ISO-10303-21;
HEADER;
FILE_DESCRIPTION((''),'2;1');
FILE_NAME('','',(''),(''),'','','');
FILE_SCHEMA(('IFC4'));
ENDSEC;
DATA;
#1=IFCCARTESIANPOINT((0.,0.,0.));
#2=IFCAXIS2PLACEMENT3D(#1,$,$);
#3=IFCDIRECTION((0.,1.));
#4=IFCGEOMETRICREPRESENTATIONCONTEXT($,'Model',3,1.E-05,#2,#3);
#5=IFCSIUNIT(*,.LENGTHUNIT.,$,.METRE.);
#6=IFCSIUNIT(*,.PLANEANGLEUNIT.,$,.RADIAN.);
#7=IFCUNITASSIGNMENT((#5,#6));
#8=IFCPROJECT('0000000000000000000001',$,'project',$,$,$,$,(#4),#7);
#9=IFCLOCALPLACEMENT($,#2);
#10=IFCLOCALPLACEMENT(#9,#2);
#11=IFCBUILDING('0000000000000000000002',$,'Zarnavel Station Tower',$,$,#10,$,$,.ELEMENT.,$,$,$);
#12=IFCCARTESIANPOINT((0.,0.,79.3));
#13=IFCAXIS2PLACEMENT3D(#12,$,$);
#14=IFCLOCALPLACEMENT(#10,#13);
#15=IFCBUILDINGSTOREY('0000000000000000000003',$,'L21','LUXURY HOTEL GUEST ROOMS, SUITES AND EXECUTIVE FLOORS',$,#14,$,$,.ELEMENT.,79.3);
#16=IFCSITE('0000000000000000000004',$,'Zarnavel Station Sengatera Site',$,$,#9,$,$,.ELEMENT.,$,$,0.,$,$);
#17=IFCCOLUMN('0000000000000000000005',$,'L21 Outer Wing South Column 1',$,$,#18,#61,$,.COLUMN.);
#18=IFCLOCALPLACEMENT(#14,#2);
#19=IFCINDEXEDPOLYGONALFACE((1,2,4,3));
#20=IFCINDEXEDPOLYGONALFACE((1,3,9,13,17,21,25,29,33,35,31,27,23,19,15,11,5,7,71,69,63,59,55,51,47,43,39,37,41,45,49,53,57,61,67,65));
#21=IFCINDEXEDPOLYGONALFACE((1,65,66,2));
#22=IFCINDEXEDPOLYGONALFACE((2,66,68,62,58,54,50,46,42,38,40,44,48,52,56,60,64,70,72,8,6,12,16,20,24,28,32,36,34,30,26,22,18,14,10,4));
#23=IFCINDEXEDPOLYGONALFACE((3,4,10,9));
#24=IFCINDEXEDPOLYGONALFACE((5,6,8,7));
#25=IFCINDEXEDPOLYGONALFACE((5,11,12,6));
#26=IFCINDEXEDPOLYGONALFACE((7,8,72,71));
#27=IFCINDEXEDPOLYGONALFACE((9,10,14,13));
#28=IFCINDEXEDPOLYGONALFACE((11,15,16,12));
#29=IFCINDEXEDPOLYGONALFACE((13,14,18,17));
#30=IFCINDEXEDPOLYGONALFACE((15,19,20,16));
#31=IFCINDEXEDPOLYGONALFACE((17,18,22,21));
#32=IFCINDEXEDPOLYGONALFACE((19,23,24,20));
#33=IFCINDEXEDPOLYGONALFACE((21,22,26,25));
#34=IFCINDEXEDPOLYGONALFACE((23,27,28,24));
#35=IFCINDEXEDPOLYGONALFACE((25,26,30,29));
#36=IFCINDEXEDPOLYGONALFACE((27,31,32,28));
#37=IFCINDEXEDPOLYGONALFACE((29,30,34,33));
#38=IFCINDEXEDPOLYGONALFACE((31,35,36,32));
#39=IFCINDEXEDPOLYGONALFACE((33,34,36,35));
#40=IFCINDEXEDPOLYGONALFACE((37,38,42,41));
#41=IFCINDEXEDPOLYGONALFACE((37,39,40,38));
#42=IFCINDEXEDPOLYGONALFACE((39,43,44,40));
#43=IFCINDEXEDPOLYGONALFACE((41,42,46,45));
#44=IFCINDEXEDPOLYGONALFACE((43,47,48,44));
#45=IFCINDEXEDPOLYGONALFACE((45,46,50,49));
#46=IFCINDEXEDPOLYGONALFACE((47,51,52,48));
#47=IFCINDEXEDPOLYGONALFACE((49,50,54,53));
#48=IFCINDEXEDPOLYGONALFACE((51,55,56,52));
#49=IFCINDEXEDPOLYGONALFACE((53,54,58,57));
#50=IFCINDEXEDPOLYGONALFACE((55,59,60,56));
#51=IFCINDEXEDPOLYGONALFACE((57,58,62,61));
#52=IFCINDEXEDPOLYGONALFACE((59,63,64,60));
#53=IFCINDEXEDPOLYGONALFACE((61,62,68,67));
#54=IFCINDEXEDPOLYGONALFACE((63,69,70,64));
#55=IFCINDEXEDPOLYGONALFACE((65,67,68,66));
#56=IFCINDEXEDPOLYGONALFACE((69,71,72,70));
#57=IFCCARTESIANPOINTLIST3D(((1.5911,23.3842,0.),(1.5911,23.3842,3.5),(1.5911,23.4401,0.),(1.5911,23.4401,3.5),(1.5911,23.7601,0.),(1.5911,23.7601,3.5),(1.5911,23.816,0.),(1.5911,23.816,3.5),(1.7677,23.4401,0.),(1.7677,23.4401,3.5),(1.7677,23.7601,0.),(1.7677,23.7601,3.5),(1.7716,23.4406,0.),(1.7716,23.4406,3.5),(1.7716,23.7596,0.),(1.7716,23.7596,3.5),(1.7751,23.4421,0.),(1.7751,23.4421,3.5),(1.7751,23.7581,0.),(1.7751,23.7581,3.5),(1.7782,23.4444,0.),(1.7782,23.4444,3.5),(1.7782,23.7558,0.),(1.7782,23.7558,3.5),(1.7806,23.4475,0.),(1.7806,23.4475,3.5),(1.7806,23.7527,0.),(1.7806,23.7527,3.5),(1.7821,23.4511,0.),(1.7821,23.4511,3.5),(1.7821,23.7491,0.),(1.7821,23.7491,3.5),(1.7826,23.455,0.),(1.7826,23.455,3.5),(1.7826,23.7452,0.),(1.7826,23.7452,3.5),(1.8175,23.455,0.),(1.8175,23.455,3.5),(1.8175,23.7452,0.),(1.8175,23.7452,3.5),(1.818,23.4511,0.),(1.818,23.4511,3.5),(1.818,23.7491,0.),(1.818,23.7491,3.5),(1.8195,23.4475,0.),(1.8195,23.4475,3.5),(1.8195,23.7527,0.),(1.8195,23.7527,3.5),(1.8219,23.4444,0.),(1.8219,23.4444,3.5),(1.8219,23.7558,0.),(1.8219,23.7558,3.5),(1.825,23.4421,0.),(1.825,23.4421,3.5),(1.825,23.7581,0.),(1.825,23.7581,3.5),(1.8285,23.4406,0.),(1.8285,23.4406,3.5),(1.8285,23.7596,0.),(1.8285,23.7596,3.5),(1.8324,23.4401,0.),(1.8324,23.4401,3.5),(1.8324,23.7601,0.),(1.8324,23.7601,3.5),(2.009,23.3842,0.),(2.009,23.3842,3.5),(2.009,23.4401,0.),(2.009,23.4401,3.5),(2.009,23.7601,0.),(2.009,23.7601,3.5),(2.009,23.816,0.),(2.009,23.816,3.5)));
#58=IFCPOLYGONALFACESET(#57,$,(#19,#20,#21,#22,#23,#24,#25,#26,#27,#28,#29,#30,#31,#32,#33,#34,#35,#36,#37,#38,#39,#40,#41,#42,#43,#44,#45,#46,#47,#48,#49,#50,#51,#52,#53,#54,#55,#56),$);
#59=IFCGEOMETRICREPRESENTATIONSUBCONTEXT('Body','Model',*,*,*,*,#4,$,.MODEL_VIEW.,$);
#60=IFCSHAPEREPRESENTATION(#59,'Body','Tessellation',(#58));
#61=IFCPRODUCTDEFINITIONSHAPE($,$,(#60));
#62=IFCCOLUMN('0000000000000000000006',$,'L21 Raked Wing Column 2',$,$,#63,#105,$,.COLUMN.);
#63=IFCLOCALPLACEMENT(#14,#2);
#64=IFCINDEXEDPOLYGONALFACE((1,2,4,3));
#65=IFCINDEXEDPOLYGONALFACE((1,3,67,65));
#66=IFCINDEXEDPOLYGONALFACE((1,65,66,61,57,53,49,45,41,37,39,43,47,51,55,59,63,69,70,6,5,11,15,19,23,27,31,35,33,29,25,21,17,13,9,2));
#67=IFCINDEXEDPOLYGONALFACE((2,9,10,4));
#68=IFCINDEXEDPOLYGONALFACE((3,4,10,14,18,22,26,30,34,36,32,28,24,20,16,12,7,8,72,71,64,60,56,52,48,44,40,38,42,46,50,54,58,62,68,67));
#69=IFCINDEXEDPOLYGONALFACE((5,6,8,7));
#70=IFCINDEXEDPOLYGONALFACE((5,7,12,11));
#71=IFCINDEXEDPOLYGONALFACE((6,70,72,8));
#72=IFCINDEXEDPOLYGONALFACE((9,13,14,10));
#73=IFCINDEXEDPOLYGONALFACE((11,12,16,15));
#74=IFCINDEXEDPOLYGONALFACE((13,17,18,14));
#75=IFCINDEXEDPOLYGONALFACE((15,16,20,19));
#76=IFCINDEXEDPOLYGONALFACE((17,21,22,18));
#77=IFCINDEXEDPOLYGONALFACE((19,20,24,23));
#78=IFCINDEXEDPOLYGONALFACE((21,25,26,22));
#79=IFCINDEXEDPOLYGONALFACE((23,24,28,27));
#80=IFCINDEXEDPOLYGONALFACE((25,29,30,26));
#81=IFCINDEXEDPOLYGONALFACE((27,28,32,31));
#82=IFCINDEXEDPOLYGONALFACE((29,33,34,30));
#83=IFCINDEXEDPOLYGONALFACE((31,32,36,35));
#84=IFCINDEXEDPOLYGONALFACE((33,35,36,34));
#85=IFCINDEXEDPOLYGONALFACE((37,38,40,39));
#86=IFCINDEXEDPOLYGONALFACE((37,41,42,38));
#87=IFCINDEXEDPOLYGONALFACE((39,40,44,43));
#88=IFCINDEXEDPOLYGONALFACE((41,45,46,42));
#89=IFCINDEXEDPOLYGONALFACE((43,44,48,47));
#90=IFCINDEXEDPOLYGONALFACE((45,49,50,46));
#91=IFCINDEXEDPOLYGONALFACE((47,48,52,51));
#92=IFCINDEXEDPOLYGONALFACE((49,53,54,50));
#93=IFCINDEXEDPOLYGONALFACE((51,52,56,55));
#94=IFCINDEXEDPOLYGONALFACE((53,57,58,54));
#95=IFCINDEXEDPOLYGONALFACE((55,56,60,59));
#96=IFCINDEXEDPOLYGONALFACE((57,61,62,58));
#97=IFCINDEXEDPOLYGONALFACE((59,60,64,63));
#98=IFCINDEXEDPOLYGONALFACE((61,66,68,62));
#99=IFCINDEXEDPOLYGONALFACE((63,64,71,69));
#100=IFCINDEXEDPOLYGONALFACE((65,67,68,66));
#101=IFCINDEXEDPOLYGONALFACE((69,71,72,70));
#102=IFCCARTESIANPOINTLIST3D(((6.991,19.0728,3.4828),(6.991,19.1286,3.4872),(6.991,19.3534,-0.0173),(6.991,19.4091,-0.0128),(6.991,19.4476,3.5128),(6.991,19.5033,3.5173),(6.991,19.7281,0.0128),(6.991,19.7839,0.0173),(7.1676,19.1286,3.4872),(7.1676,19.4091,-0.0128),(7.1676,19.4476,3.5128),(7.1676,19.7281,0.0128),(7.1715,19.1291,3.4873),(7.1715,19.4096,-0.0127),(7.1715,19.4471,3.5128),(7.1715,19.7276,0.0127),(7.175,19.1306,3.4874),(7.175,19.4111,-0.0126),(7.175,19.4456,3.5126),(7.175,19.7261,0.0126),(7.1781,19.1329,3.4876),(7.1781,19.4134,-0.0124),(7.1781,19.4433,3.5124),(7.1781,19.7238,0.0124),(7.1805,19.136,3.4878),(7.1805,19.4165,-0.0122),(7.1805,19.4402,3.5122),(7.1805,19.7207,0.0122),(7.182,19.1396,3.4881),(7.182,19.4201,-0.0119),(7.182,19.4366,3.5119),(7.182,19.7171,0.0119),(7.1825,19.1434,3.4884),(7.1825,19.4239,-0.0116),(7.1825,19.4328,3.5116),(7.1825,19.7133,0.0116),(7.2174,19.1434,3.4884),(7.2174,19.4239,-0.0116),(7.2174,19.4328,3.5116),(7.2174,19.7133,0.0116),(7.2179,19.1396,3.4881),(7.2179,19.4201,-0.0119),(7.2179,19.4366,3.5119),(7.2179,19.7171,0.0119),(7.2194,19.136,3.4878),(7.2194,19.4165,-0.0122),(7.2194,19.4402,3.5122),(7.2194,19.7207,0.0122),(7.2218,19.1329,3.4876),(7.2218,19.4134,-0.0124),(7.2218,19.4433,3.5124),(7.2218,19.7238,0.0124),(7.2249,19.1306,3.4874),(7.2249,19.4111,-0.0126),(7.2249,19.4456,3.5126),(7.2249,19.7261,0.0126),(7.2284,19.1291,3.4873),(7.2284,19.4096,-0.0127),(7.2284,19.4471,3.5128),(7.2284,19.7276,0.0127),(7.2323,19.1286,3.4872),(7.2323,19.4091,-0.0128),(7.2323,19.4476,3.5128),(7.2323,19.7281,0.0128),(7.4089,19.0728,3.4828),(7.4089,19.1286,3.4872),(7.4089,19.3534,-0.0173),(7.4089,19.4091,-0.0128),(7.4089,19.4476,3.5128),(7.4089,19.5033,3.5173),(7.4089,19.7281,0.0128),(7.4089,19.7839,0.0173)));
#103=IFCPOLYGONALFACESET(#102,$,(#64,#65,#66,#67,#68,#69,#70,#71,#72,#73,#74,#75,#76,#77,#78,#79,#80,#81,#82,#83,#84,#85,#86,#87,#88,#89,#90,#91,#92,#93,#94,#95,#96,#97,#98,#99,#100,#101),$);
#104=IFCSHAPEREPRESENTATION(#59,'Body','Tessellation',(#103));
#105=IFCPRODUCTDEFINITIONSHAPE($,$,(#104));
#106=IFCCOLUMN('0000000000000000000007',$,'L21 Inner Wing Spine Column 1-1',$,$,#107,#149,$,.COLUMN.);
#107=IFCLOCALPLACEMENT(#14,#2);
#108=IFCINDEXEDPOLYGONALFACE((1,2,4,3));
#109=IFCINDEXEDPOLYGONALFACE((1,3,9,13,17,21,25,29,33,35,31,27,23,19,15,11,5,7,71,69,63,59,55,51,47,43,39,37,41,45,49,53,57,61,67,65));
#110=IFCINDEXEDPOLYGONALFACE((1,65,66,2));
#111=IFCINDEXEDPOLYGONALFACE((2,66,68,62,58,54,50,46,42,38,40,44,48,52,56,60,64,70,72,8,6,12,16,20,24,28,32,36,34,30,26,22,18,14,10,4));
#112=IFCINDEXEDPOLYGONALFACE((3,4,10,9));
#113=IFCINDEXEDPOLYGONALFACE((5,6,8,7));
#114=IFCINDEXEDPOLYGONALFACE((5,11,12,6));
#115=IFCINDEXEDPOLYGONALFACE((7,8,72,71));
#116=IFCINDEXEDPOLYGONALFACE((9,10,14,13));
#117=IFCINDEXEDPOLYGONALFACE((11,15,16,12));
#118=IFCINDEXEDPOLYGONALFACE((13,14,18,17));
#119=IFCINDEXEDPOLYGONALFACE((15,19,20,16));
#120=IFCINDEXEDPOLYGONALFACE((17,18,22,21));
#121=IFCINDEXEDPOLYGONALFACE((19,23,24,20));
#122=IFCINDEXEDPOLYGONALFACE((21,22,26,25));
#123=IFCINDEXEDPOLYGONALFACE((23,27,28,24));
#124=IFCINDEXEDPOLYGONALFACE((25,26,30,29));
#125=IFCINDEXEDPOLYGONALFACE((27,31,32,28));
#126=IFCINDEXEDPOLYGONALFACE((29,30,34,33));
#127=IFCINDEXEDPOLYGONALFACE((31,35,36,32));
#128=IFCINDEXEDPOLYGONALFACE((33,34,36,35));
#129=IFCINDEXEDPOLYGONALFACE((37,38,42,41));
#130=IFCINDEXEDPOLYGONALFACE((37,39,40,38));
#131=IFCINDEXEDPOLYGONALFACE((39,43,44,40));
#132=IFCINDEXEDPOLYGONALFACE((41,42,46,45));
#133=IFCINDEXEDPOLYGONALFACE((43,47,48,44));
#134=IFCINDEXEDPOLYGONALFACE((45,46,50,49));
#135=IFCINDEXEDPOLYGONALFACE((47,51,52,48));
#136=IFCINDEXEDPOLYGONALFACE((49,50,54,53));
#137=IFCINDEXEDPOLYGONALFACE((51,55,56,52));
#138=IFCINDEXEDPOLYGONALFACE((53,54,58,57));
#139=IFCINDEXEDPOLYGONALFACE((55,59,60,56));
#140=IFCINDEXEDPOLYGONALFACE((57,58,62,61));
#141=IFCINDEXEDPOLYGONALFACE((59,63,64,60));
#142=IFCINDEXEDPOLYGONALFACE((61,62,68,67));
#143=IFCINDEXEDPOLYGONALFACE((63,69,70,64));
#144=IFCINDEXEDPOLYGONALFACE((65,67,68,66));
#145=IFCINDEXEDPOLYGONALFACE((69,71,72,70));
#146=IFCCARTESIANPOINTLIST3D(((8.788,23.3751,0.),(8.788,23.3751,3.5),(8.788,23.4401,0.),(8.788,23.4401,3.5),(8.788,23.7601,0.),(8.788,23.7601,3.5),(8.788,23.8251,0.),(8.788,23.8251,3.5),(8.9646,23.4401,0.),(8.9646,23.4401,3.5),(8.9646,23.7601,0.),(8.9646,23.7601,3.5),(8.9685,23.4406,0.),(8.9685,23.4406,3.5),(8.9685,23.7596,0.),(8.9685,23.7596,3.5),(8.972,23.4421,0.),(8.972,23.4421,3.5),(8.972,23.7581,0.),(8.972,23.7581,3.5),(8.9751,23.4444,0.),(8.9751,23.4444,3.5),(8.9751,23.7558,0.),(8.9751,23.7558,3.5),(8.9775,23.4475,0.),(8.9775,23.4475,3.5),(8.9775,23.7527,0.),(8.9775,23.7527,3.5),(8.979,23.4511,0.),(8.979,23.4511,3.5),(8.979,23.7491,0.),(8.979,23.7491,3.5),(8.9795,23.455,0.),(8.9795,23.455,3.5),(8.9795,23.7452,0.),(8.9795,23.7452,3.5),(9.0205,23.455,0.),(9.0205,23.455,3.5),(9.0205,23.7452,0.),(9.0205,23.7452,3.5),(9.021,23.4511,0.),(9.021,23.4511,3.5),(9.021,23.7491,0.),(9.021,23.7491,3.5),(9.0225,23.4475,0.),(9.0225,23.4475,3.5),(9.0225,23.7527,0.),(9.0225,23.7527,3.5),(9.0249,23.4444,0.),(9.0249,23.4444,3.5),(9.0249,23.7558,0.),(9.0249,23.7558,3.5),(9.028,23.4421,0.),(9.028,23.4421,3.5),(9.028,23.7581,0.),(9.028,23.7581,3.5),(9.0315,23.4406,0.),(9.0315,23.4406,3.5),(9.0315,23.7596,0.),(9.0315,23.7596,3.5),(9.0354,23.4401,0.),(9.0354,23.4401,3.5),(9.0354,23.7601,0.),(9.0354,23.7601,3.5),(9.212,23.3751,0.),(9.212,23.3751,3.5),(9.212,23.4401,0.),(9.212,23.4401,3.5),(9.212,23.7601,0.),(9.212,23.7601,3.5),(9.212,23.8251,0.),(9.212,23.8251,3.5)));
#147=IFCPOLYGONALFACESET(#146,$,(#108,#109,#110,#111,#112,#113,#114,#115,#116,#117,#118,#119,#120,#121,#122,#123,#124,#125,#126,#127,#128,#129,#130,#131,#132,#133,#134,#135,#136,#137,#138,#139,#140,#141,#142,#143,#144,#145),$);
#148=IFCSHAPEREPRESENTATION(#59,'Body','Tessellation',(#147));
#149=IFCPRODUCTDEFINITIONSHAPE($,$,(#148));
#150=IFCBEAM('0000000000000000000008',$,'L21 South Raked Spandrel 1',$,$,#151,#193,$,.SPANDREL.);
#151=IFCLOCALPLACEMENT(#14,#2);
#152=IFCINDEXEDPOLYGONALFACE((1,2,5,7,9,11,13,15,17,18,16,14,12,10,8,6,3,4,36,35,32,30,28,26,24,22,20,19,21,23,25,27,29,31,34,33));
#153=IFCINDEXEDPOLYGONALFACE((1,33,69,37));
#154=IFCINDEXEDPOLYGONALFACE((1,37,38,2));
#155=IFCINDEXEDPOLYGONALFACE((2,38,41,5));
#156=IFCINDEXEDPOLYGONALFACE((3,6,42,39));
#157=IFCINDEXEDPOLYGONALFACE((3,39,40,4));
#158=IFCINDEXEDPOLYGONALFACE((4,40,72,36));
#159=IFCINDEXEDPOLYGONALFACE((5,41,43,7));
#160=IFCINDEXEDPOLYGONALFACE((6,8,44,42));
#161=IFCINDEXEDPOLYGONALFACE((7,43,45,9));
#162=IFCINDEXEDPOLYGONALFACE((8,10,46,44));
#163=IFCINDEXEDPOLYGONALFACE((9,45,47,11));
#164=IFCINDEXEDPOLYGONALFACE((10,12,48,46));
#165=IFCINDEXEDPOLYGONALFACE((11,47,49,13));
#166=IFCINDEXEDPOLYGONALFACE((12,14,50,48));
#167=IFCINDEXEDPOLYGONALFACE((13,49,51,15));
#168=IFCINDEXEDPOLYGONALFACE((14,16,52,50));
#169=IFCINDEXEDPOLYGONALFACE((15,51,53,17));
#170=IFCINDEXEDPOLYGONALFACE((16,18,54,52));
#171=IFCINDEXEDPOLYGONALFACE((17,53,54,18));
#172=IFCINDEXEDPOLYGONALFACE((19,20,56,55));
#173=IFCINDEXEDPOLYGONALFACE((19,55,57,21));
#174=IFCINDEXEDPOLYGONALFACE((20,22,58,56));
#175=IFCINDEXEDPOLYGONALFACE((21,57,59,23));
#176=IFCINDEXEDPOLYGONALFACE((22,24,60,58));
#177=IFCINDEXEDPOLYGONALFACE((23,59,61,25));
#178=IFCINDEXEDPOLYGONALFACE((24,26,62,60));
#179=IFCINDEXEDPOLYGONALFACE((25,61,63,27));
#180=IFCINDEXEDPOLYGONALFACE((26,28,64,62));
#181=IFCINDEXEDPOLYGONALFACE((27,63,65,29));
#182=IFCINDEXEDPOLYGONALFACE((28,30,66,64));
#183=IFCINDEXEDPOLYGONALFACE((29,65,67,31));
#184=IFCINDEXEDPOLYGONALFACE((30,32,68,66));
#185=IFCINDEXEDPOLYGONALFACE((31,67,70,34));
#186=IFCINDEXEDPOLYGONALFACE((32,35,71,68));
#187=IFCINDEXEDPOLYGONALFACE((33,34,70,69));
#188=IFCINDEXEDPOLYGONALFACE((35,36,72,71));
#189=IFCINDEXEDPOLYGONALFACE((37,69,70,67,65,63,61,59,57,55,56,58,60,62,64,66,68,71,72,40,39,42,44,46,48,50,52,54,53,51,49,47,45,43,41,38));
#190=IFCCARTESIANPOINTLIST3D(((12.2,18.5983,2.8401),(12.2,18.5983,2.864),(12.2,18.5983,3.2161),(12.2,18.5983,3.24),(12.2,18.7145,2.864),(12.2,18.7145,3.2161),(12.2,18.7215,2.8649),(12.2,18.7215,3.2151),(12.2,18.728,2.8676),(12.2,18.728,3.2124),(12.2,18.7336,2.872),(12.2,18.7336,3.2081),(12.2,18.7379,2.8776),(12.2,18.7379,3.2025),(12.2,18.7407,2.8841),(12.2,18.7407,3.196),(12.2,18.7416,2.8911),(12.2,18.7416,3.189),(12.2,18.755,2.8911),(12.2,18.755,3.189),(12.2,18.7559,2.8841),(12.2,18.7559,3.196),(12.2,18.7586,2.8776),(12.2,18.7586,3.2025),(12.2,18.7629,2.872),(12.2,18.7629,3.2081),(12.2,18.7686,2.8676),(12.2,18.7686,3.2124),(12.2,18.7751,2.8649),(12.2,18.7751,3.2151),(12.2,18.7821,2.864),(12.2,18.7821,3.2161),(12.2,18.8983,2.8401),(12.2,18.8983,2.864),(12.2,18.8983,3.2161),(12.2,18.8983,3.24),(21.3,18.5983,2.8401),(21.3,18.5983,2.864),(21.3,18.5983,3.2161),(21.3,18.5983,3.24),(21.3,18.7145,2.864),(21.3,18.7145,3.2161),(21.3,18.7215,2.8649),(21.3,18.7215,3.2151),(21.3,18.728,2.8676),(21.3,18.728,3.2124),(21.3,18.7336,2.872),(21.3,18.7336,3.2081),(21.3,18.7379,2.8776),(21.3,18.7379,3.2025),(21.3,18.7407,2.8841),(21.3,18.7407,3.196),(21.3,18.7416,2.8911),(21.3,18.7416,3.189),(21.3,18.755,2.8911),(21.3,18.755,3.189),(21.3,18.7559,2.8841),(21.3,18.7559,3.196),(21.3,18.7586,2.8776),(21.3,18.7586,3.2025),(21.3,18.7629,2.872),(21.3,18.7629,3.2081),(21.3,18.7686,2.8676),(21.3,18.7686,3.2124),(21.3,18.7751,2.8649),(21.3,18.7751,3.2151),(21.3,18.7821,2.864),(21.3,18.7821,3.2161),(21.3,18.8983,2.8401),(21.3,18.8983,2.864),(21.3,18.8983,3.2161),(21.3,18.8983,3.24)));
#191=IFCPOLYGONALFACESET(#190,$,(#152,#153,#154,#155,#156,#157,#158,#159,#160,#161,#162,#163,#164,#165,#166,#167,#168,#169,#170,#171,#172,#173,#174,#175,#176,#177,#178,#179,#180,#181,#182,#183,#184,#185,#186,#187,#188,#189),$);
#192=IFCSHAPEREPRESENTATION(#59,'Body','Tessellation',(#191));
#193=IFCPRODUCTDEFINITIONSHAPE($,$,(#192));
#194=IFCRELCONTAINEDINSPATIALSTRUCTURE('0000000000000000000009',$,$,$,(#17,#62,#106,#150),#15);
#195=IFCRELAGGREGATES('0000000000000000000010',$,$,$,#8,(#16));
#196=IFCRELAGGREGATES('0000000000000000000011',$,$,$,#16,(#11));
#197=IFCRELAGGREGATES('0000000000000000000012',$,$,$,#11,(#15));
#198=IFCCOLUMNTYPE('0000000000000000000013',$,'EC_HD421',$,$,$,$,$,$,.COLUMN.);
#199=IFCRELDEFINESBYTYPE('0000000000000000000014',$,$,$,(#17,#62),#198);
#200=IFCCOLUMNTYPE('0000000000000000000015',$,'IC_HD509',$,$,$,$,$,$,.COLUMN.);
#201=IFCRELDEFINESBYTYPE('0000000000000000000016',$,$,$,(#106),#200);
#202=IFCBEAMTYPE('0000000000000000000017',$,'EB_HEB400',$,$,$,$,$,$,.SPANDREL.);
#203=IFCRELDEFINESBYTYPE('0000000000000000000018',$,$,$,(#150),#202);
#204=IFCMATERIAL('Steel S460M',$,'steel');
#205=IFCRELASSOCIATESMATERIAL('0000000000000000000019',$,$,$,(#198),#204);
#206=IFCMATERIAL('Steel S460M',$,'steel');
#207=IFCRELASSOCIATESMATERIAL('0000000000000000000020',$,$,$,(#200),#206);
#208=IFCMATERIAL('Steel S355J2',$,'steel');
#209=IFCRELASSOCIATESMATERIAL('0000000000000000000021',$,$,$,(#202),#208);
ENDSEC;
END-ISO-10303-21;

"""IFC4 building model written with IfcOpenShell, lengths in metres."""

from ifc_helpers import new_model, si_unit, direction, frame, origin, origin_2d, place, context, subcontext, project, spatial, i_section, extrude, material, material_profile, profile_set, type_object, element, save


model = new_model("IFC4")

# Units and contexts
model_context = context("Model", 3, precision=1e-05, world=origin(), true_north=direction((0.0, 1.0)))
body_context = subcontext(model_context, "Body", "Model", "MODEL_VIEW")
ifc_project = project(units=[si_unit("LENGTHUNIT", "METRE"), si_unit("PLANEANGLEUNIT", "RADIAN")], contexts=[model_context])

# Site, building, storey
site_placement = place(None, origin())
site = spatial("IfcSite", under=ifc_project, at=site_placement, Name="Zarnavel Station Sengatera Site", CompositionType="ELEMENT", RefElevation=0.0)
building_placement = place(site_placement, origin())
building = spatial("IfcBuilding", under=site, at=building_placement, Name="Zarnavel Station Tower", CompositionType="ELEMENT")
storey_placement = place(building_placement, frame((0.0, 0.0, 79.3)))
storey = spatial("IfcBuildingStorey", under=building, at=storey_placement, Name="L21", Description="LUXURY HOTEL GUEST ROOMS, SUITES AND EXECUTIVE FLOORS", CompositionType="ELEMENT", Elevation=79.3)

# Columns
ifc_material_1 = material(Name="Steel S460M", Category="steel")
ifc_material_profile_1 = material_profile(ifc_material_1, i_section(OverallWidth=0.418, OverallDepth=0.4319, WebThickness=0.0349, FlangeThickness=0.0559, FilletRadius=0.0149, at=origin_2d()), Name="HD400x421")
ifc_profile_set_1 = profile_set([ifc_material_profile_1], Name="Steel S460M")
column_type_1 = type_object("IfcColumnType", Name="EC_HD421", PredefinedType="COLUMN", material=ifc_profile_set_1)
column_1_placement = place(storey_placement, frame((1.8, 23.6001, 0.0), z_axis=(0.0, 0.0, 1.0), x_axis=(1.0, 0.0, 0.0)))
element("IfcColumn", 1, at=column_1_placement, inside=storey, type_object=column_type_1, Name="L21 Outer Wing South Column 1", PredefinedType="COLUMN", context=body_context, shape_type="SweptSolid", body=[
    extrude(i_section(OverallWidth=0.418, OverallDepth=0.4319, WebThickness=0.0349, FlangeThickness=0.0559, FilletRadius=0.0149, at=origin_2d()), origin(), (0.0, 0.0, 1.0), 3.5),
])
column_2_placement = place(storey_placement, frame((7.2, 19.5686, 0.0), z_axis=(0.0, -0.079892, 0.996804), x_axis=(1.0, 0.0, 0.0)))
element("IfcColumn", 2, at=column_2_placement, inside=storey, type_object=column_type_1, Name="L21 Raked Wing Column 2", PredefinedType="COLUMN", context=body_context, shape_type="SweptSolid", body=[
    extrude(i_section(OverallWidth=0.418, OverallDepth=0.4319, WebThickness=0.0349, FlangeThickness=0.0559, FilletRadius=0.0149, at=origin_2d()), origin(), (0.0, 0.0, 1.0), 3.5112),
])
ifc_material_2 = material(Name="Steel S460M", Category="steel")
ifc_material_profile_2 = material_profile(ifc_material_2, i_section(OverallWidth=0.4241, OverallDepth=0.45, WebThickness=0.041, FlangeThickness=0.0649, FilletRadius=0.0149, at=origin_2d()), Name="HD400x509")
ifc_profile_set_2 = profile_set([ifc_material_profile_2], Name="Steel S460M")
column_type_2 = type_object("IfcColumnType", Name="IC_HD509", PredefinedType="COLUMN", material=ifc_profile_set_2)
column_3_placement = place(storey_placement, frame((9.0, 23.6001, 0.0), z_axis=(0.0, 0.0, 1.0), x_axis=(1.0, 0.0, 0.0)))
element("IfcColumn", 3, at=column_3_placement, inside=storey, type_object=column_type_2, Name="L21 Inner Wing Spine Column 1-1", PredefinedType="COLUMN", context=body_context, shape_type="SweptSolid", body=[
    extrude(i_section(OverallWidth=0.4241, OverallDepth=0.45, WebThickness=0.041, FlangeThickness=0.0649, FilletRadius=0.0149, at=origin_2d()), origin(), (0.0, 0.0, 1.0), 3.5),
])

# Beam
ifc_material_3 = material(Name="Steel S355J2", Category="steel")
ifc_material_profile_3 = material_profile(ifc_material_3, i_section(OverallWidth=0.3, OverallDepth=0.3999, WebThickness=0.0134, FlangeThickness=0.0239, FilletRadius=0.0271, at=origin_2d()), Name="HEB400")
ifc_profile_set_3 = profile_set([ifc_material_profile_3], Name="Steel S355J2")
beam_type_1 = type_object("IfcBeamType", Name="EB_HEB400", PredefinedType="SPANDREL", material=ifc_profile_set_3)
beam_1_placement = place(storey_placement, frame((12.2, 18.7483, 3.04), z_axis=(1.0, 0.0, 0.0), x_axis=(0.0, 1.0, 0.0)))
element("IfcBeam", 4, at=beam_1_placement, inside=storey, type_object=beam_type_1, Name="L21 South Raked Spandrel 1", PredefinedType="SPANDREL", context=body_context, shape_type="SweptSolid", body=[
    extrude(i_section(OverallWidth=0.3, OverallDepth=0.3999, WebThickness=0.0134, FlangeThickness=0.0239, FilletRadius=0.0271, at=origin_2d()), origin(), (0.0, 0.0, 1.0), 9.1001),
])

save(model, "model.ifc")
